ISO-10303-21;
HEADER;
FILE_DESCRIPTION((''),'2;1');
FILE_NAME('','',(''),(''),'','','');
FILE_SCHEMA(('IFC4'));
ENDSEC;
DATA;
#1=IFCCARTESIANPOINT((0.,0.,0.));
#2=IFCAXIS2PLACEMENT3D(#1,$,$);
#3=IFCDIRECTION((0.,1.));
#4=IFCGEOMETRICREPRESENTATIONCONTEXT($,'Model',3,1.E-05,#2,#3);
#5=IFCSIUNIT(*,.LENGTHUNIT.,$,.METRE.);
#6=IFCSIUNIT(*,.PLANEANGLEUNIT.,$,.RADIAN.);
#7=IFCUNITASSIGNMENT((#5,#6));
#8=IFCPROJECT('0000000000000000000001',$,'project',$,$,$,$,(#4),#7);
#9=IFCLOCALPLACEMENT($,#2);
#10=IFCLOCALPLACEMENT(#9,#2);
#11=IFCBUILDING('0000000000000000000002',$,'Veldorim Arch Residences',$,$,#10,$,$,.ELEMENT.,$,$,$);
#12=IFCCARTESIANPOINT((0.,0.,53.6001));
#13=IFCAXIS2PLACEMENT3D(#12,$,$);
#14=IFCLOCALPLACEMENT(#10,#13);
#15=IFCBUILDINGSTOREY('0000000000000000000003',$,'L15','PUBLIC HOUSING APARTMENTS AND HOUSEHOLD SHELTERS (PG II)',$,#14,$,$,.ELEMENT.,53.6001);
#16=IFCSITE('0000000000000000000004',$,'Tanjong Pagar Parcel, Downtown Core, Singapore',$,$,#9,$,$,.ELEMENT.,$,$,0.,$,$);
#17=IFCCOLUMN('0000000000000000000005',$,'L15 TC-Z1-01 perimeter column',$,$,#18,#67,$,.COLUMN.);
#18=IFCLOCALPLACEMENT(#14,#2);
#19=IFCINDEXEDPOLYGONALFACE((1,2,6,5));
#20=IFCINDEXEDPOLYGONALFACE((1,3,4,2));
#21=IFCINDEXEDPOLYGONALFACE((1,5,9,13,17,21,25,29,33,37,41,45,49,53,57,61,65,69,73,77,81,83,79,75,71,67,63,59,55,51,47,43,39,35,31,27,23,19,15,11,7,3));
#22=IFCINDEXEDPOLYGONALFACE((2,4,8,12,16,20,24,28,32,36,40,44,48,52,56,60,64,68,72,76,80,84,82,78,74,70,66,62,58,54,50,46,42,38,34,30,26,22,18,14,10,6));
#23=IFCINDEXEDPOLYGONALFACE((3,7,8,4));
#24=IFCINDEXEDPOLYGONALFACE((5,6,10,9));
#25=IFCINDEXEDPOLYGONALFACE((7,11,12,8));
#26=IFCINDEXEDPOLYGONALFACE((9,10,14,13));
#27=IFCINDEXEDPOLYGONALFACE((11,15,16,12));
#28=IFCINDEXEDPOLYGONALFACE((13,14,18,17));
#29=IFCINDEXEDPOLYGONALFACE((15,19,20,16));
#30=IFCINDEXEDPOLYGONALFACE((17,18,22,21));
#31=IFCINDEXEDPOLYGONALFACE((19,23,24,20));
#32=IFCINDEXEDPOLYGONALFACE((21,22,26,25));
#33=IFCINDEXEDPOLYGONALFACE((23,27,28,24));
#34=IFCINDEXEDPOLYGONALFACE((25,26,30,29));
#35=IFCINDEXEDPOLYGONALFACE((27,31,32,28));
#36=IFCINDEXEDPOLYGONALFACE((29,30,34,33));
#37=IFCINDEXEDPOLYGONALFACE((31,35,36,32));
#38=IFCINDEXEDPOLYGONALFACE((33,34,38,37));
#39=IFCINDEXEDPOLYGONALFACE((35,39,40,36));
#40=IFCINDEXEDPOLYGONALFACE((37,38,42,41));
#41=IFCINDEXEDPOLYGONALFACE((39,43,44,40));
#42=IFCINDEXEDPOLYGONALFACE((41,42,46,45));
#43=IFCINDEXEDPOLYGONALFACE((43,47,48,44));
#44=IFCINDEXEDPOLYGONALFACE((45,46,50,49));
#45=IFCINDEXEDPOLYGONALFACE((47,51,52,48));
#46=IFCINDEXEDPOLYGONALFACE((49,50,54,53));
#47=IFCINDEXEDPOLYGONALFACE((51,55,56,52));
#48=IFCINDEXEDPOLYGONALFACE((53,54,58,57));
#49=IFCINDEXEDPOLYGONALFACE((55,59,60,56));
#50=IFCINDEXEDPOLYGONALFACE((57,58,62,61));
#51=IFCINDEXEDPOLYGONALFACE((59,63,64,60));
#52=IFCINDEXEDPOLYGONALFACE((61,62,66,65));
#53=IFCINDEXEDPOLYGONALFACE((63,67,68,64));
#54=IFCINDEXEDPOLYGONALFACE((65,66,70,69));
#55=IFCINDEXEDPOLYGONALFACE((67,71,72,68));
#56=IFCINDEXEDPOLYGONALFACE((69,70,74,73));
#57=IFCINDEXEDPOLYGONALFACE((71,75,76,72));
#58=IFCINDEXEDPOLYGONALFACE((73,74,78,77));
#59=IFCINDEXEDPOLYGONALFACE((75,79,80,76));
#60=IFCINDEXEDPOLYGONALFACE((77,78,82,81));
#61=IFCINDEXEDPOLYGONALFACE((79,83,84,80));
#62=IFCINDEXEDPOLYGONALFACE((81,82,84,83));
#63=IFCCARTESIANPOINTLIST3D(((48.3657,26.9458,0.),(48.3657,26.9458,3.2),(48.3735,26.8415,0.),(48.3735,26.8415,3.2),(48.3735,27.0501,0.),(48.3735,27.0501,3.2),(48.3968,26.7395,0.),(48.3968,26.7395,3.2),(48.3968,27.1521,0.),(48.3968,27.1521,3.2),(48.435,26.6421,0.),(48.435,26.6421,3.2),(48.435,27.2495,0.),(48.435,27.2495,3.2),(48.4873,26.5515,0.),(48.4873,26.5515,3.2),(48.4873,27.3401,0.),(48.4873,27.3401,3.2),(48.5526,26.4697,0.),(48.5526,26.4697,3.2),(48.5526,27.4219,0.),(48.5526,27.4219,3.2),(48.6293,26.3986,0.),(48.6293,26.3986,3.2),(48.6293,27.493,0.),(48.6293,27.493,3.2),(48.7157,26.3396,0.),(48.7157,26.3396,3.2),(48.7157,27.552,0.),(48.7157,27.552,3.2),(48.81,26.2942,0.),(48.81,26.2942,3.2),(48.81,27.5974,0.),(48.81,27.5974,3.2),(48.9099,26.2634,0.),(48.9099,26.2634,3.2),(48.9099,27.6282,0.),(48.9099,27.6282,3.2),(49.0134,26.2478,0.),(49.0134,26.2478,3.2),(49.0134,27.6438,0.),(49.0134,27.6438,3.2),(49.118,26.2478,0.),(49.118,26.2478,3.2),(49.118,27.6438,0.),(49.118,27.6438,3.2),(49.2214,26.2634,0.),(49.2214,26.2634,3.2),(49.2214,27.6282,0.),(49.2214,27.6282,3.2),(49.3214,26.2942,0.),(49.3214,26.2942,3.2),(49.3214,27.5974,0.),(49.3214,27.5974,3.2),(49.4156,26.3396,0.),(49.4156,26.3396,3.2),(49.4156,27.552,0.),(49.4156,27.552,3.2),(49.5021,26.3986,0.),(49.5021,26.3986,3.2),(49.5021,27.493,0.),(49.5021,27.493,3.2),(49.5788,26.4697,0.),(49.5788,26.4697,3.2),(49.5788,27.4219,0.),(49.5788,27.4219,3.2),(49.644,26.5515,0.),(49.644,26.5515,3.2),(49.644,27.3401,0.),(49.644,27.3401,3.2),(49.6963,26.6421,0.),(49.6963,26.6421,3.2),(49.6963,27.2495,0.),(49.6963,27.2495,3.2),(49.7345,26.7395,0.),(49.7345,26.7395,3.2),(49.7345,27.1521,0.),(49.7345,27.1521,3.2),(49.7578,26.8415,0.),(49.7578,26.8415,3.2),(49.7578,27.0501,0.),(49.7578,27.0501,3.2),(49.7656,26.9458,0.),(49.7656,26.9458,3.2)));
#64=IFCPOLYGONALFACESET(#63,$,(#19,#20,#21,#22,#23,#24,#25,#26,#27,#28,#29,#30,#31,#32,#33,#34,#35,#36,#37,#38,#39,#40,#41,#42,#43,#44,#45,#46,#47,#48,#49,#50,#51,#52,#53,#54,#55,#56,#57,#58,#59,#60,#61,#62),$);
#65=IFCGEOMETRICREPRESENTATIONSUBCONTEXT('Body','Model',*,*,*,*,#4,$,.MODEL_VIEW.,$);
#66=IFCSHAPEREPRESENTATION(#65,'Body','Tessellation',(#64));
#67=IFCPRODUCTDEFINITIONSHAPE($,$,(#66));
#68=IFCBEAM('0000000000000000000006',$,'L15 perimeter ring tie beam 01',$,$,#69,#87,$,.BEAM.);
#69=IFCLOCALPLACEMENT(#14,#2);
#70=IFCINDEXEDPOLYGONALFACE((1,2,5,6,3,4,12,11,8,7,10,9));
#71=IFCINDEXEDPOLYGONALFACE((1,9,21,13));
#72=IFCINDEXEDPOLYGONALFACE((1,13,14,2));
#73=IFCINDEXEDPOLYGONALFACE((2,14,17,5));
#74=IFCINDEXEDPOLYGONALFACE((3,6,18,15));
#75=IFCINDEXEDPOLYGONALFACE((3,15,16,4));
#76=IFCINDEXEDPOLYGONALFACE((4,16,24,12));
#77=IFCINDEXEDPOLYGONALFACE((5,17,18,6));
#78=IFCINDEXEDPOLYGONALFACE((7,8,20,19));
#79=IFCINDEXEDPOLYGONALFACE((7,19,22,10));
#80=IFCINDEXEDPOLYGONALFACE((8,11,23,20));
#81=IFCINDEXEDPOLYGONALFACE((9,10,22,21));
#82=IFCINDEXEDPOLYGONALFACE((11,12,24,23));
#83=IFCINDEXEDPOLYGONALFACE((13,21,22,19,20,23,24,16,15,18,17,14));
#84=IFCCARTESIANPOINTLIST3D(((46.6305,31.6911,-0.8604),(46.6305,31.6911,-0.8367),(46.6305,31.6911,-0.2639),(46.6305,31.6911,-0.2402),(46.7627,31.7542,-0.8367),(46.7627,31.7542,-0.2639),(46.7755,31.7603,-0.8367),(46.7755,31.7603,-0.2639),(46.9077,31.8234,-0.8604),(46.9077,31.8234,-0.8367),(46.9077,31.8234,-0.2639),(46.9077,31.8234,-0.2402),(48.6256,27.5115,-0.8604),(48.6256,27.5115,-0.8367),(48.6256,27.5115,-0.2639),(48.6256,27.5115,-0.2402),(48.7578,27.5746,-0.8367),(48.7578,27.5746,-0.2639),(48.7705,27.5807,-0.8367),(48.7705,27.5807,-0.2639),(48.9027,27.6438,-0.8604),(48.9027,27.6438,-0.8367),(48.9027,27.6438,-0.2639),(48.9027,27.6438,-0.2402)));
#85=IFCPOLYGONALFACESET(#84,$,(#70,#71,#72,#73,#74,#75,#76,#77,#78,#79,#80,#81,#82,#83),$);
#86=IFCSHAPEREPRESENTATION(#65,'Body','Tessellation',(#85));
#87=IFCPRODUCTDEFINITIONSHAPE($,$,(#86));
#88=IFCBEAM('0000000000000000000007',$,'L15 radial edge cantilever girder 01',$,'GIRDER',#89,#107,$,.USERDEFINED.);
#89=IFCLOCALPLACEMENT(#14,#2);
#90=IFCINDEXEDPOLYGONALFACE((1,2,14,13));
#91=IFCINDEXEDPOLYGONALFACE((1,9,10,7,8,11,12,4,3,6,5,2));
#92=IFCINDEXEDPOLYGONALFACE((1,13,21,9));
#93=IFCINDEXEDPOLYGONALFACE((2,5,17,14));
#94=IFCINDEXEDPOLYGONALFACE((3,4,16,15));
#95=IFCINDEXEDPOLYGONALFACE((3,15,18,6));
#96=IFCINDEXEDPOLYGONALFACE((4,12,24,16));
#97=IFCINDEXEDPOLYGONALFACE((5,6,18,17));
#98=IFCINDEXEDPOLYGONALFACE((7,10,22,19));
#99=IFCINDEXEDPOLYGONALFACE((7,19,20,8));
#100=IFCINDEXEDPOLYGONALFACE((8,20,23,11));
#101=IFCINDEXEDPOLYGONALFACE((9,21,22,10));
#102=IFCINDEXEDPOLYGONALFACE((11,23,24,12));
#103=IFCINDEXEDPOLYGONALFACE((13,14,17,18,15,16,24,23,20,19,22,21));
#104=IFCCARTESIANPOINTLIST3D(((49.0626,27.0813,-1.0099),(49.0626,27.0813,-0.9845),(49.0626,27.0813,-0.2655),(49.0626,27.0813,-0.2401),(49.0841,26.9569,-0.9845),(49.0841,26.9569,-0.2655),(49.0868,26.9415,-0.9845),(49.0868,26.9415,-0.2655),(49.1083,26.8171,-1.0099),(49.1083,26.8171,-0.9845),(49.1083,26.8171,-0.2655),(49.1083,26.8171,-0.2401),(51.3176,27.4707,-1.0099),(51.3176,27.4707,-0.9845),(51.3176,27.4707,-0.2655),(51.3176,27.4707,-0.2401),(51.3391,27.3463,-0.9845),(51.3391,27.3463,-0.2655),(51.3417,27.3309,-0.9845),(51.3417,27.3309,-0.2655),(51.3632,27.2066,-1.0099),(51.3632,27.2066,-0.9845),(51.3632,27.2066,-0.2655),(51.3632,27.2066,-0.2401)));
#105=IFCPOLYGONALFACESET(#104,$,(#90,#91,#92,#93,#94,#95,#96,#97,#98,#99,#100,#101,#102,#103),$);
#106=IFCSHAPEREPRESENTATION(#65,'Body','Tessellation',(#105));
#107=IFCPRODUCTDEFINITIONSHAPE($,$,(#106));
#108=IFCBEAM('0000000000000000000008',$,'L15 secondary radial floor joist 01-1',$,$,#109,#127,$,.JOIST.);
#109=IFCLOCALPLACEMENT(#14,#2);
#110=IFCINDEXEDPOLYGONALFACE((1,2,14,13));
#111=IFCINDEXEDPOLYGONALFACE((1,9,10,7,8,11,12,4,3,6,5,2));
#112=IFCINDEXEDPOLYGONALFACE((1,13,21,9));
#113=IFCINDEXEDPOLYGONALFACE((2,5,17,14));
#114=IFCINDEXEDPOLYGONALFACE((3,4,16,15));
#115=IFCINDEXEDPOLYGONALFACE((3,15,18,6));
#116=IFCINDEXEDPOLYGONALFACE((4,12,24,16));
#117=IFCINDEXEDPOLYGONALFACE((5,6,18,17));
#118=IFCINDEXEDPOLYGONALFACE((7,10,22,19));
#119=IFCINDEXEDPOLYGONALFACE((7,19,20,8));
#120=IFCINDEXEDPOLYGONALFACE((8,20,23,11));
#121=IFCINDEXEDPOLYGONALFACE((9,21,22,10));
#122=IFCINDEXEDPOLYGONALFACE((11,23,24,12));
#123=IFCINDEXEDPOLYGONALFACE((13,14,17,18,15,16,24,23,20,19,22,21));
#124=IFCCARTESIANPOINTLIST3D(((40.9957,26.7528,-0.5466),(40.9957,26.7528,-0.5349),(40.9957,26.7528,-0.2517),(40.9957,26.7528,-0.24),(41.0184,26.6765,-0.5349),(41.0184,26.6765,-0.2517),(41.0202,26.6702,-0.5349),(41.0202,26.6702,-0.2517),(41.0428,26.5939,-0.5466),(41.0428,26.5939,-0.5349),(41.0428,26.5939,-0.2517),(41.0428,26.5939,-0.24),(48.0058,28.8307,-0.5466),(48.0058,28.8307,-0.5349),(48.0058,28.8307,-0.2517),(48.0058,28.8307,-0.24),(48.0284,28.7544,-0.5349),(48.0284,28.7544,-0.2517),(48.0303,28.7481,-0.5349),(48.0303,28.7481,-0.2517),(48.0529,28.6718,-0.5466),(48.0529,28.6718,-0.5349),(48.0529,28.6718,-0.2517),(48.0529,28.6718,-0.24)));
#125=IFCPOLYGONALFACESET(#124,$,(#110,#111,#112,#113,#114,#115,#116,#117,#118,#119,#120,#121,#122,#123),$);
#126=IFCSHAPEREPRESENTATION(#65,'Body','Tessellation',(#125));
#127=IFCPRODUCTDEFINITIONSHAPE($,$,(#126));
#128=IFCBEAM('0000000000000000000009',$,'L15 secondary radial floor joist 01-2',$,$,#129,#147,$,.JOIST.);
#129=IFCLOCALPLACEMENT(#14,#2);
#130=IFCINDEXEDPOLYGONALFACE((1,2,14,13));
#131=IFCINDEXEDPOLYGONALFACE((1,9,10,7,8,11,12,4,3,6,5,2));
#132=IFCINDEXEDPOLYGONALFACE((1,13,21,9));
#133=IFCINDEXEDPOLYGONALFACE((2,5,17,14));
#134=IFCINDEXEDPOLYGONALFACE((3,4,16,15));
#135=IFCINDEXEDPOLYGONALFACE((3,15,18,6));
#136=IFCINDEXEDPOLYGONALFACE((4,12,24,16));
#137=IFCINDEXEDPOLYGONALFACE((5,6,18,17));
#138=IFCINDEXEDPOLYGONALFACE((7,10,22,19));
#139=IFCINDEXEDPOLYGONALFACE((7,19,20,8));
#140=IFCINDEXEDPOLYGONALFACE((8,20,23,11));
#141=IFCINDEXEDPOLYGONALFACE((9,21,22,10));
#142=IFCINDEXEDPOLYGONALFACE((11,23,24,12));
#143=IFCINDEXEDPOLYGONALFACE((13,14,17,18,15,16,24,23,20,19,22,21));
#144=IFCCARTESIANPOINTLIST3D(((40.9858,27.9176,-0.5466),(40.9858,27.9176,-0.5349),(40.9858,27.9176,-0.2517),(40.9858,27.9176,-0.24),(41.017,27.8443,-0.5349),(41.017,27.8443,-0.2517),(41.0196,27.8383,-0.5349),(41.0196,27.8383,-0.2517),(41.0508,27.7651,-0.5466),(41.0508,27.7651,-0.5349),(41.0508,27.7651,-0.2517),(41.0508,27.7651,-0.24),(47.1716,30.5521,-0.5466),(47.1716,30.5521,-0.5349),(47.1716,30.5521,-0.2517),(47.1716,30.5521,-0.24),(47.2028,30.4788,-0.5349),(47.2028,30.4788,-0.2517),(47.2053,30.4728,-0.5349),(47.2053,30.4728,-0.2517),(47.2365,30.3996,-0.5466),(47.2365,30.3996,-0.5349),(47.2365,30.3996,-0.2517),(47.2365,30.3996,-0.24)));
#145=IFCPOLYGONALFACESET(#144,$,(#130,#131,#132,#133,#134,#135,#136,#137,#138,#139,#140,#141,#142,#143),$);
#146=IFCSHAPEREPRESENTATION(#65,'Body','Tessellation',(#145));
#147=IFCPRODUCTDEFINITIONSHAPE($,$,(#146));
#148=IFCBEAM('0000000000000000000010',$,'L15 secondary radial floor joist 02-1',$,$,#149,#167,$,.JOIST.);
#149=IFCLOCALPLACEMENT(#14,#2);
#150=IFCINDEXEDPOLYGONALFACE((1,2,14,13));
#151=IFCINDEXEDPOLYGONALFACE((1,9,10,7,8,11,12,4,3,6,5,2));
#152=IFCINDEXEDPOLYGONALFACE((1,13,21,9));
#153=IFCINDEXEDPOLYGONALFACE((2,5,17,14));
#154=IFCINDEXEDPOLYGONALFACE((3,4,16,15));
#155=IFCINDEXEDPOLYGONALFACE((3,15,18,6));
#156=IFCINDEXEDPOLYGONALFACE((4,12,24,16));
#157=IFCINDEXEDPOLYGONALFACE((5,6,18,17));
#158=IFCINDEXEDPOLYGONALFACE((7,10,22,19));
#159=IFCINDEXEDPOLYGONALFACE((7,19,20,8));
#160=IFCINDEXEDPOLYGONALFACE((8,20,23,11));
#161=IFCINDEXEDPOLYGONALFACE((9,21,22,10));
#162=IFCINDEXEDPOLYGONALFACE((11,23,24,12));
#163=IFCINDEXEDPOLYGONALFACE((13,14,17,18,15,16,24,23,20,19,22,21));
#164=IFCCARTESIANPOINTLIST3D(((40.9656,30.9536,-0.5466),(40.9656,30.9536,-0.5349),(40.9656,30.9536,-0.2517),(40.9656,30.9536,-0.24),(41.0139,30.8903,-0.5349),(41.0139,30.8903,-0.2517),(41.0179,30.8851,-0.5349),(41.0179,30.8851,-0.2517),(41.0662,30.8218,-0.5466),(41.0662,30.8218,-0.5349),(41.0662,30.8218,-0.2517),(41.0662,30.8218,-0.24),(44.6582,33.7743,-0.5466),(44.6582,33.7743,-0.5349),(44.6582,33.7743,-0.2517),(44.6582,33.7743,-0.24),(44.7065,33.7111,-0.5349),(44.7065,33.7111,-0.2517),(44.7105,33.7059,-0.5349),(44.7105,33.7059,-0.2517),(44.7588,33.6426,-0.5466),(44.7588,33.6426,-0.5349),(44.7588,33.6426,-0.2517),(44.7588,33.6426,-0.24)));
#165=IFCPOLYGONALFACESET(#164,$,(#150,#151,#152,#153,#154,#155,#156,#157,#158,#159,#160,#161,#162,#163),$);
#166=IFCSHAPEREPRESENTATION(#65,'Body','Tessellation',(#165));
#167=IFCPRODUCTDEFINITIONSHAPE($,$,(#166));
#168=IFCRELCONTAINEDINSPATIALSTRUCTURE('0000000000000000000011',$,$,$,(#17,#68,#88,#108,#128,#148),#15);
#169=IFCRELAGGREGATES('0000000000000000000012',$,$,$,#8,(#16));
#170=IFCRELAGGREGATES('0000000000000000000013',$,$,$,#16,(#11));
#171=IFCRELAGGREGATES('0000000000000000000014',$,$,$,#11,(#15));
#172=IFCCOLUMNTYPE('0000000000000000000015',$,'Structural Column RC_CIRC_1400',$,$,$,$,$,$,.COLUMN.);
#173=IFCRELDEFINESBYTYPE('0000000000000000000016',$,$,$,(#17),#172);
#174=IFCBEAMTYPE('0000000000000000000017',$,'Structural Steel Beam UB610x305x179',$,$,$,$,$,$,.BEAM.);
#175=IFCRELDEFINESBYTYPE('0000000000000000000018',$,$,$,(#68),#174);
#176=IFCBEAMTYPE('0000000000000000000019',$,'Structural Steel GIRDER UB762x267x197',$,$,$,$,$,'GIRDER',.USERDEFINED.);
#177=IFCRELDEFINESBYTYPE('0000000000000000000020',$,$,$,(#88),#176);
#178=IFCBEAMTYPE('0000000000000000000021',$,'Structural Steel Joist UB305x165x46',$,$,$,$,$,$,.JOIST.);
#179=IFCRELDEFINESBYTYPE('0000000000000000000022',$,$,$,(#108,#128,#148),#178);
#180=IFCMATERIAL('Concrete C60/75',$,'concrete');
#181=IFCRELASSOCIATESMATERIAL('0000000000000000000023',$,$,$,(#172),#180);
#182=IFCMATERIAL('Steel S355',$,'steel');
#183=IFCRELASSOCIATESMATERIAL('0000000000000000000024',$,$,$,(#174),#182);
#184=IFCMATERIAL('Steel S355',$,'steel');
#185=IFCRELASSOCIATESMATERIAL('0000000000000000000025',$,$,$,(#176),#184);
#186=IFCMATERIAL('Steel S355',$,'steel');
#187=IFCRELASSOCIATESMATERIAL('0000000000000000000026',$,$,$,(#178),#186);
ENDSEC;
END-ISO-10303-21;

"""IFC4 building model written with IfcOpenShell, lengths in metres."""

from ifc_helpers import new_model, si_unit, direction, frame, origin, origin_2d, place, context, subcontext, project, spatial, circle, i_section, extrude, material, material_profile, profile_set, type_object, element, save


model = new_model("IFC4")

# Units and contexts
model_context = context("Model", 3, precision=1e-05, world=origin(), true_north=direction((0.0, 1.0)))
body_context = subcontext(model_context, "Body", "Model", "MODEL_VIEW")
ifc_project = project(units=[si_unit("LENGTHUNIT", "METRE"), si_unit("PLANEANGLEUNIT", "RADIAN")], contexts=[model_context])

# Site, building, storey
site_placement = place(None, origin())
site = spatial("IfcSite", under=ifc_project, at=site_placement, Name="Tanjong Pagar Parcel, Downtown Core, Singapore", CompositionType="ELEMENT", RefElevation=0.0)
building_placement = place(site_placement, origin())
building = spatial("IfcBuilding", under=site, at=building_placement, Name="Veldorim Arch Residences", CompositionType="ELEMENT")
storey_placement = place(building_placement, frame((0.0, 0.0, 53.6001)))
storey = spatial("IfcBuildingStorey", under=building, at=storey_placement, Name="L15", Description="PUBLIC HOUSING APARTMENTS AND HOUSEHOLD SHELTERS (PG II)", CompositionType="ELEMENT", Elevation=53.6001)

# Column
ifc_material_1 = material(Name="Concrete C60/75", Category="concrete")
ifc_material_profile_1 = material_profile(ifc_material_1, circle(Radius=0.7, at=origin_2d()), Name="RC_CIRC_1400")
ifc_profile_set_1 = profile_set([ifc_material_profile_1], Name="Concrete C60/75")
column_type = type_object("IfcColumnType", Name="Structural Column RC_CIRC_1400", PredefinedType="COLUMN", material=ifc_profile_set_1)
column_placement = place(storey_placement, frame((49.0657, 26.9458, 0.0), z_axis=(0.0, 0.0, 1.0), x_axis=(1.0, 0.0, 0.0)))
element("IfcColumn", 1, at=column_placement, inside=storey, type_object=column_type, Name="L15 TC-Z1-01 perimeter column", PredefinedType="COLUMN", context=body_context, shape_type="SweptSolid", body=[
    extrude(circle(Radius=0.7, at=origin_2d()), origin(), (0.0, 0.0, 1.0), 3.2),
])

# Beams
ifc_material_2 = material(Name="Steel S355", Category="steel")
ifc_material_profile_2 = material_profile(ifc_material_2, i_section(OverallWidth=0.3071, OverallDepth=0.6201, WebThickness=0.0142, FlangeThickness=0.0237, at=origin_2d()), Name="UB610x305x179")
ifc_profile_set_2 = profile_set([ifc_material_profile_2], Name="Steel S355")
beam_type_1 = type_object("IfcBeamType", Name="Structural Steel Beam UB610x305x179", PredefinedType="BEAM", material=ifc_profile_set_2)
beam_1_placement = place(storey_placement, frame((48.7642, 27.5776, -0.5503), z_axis=(-0.430776, 0.902459, 0.0), x_axis=(-0.902459, -0.430776, 0.0)))
element("IfcBeam", 2, at=beam_1_placement, inside=storey, type_object=beam_type_1, Name="L15 perimeter ring tie beam 01", PredefinedType="BEAM", context=body_context, shape_type="SweptSolid", body=[
    extrude(i_section(OverallWidth=0.3071, OverallDepth=0.6201, WebThickness=0.0142, FlangeThickness=0.0237, at=origin_2d()), origin(), (0.0, 0.0, 1.0), 4.6313),
])
ifc_material_3 = material(Name="Steel S355", Category="steel")
ifc_material_profile_3 = material_profile(ifc_material_3, i_section(OverallWidth=0.2681, OverallDepth=0.7698, WebThickness=0.0156, FlangeThickness=0.0254, at=origin_2d()), Name="UB762x267x197")
ifc_profile_set_3 = profile_set([ifc_material_profile_3], Name="Steel S355")
beam_type_2 = type_object("IfcBeamType", Name="Structural Steel GIRDER UB762x267x197", ElementType="GIRDER", PredefinedType="USERDEFINED", material=ifc_profile_set_3)
beam_2_placement = place(storey_placement, frame((49.0854, 26.9492, -0.625), z_axis=(0.985414, 0.170175, 0.0), x_axis=(-0.170175, 0.985414, 0.0)))
element("IfcBeam", 3, at=beam_2_placement, inside=storey, type_object=beam_type_2, Name="L15 radial edge cantilever girder 01", ObjectType="GIRDER", PredefinedType="USERDEFINED", context=body_context, shape_type="SweptSolid", body=[
    extrude(i_section(OverallWidth=0.2681, OverallDepth=0.7698, WebThickness=0.0156, FlangeThickness=0.0254, at=origin_2d()), origin(), (0.0, 0.0, 1.0), 2.2883),
])
ifc_material_4 = material(Name="Steel S355", Category="steel")
ifc_material_profile_4 = material_profile(ifc_material_4, i_section(OverallWidth=0.1658, OverallDepth=0.3066, WebThickness=0.0066, FlangeThickness=0.0117, at=origin_2d()), Name="UB305x165x46")
ifc_profile_set_4 = profile_set([ifc_material_profile_4], Name="Steel S355")
beam_type_3 = type_object("IfcBeamType", Name="Structural Steel Joist UB305x165x46", PredefinedType="JOIST", material=ifc_profile_set_4)
beam_3_placement = place(storey_placement, frame((41.0193, 26.6733, -0.3933), z_axis=(0.958767, 0.284194, 0.0), x_axis=(-0.284194, 0.958767, 0.0)))
element("IfcBeam", 4, at=beam_3_placement, inside=storey, type_object=beam_type_3, Name="L15 secondary radial floor joist 01-1", PredefinedType="JOIST", context=body_context, shape_type="SweptSolid", body=[
    extrude(i_section(OverallWidth=0.1658, OverallDepth=0.3066, WebThickness=0.0066, FlangeThickness=0.0117, at=origin_2d()), origin(), (0.0, 0.0, 1.0), 7.3115),
])
beam_4_placement = place(storey_placement, frame((41.0183, 27.8413, -0.3933), z_axis=(0.920033, 0.391841, 0.0), x_axis=(-0.391841, 0.920033, 0.0)))
element("IfcBeam", 5, at=beam_4_placement, inside=storey, type_object=beam_type_3, Name="L15 secondary radial floor joist 01-2", PredefinedType="JOIST", context=body_context, shape_type="SweptSolid", body=[
    extrude(i_section(OverallWidth=0.1658, OverallDepth=0.3066, WebThickness=0.0066, FlangeThickness=0.0117, at=origin_2d()), origin(), (0.0, 0.0, 1.0), 6.7234),
])
beam_5_placement = place(storey_placement, frame((41.0159, 30.8877, -0.3933), z_axis=(0.794666, 0.607046, 0.0), x_axis=(-0.607046, 0.794666, 0.0)))
element("IfcBeam", 6, at=beam_5_placement, inside=storey, type_object=beam_type_3, Name="L15 secondary radial floor joist 02-1", PredefinedType="JOIST", context=body_context, shape_type="SweptSolid", body=[
    extrude(i_section(OverallWidth=0.1658, OverallDepth=0.3066, WebThickness=0.0066, FlangeThickness=0.0117, at=origin_2d()), origin(), (0.0, 0.0, 1.0), 4.6467),
])

save(model, "model.ifc")
